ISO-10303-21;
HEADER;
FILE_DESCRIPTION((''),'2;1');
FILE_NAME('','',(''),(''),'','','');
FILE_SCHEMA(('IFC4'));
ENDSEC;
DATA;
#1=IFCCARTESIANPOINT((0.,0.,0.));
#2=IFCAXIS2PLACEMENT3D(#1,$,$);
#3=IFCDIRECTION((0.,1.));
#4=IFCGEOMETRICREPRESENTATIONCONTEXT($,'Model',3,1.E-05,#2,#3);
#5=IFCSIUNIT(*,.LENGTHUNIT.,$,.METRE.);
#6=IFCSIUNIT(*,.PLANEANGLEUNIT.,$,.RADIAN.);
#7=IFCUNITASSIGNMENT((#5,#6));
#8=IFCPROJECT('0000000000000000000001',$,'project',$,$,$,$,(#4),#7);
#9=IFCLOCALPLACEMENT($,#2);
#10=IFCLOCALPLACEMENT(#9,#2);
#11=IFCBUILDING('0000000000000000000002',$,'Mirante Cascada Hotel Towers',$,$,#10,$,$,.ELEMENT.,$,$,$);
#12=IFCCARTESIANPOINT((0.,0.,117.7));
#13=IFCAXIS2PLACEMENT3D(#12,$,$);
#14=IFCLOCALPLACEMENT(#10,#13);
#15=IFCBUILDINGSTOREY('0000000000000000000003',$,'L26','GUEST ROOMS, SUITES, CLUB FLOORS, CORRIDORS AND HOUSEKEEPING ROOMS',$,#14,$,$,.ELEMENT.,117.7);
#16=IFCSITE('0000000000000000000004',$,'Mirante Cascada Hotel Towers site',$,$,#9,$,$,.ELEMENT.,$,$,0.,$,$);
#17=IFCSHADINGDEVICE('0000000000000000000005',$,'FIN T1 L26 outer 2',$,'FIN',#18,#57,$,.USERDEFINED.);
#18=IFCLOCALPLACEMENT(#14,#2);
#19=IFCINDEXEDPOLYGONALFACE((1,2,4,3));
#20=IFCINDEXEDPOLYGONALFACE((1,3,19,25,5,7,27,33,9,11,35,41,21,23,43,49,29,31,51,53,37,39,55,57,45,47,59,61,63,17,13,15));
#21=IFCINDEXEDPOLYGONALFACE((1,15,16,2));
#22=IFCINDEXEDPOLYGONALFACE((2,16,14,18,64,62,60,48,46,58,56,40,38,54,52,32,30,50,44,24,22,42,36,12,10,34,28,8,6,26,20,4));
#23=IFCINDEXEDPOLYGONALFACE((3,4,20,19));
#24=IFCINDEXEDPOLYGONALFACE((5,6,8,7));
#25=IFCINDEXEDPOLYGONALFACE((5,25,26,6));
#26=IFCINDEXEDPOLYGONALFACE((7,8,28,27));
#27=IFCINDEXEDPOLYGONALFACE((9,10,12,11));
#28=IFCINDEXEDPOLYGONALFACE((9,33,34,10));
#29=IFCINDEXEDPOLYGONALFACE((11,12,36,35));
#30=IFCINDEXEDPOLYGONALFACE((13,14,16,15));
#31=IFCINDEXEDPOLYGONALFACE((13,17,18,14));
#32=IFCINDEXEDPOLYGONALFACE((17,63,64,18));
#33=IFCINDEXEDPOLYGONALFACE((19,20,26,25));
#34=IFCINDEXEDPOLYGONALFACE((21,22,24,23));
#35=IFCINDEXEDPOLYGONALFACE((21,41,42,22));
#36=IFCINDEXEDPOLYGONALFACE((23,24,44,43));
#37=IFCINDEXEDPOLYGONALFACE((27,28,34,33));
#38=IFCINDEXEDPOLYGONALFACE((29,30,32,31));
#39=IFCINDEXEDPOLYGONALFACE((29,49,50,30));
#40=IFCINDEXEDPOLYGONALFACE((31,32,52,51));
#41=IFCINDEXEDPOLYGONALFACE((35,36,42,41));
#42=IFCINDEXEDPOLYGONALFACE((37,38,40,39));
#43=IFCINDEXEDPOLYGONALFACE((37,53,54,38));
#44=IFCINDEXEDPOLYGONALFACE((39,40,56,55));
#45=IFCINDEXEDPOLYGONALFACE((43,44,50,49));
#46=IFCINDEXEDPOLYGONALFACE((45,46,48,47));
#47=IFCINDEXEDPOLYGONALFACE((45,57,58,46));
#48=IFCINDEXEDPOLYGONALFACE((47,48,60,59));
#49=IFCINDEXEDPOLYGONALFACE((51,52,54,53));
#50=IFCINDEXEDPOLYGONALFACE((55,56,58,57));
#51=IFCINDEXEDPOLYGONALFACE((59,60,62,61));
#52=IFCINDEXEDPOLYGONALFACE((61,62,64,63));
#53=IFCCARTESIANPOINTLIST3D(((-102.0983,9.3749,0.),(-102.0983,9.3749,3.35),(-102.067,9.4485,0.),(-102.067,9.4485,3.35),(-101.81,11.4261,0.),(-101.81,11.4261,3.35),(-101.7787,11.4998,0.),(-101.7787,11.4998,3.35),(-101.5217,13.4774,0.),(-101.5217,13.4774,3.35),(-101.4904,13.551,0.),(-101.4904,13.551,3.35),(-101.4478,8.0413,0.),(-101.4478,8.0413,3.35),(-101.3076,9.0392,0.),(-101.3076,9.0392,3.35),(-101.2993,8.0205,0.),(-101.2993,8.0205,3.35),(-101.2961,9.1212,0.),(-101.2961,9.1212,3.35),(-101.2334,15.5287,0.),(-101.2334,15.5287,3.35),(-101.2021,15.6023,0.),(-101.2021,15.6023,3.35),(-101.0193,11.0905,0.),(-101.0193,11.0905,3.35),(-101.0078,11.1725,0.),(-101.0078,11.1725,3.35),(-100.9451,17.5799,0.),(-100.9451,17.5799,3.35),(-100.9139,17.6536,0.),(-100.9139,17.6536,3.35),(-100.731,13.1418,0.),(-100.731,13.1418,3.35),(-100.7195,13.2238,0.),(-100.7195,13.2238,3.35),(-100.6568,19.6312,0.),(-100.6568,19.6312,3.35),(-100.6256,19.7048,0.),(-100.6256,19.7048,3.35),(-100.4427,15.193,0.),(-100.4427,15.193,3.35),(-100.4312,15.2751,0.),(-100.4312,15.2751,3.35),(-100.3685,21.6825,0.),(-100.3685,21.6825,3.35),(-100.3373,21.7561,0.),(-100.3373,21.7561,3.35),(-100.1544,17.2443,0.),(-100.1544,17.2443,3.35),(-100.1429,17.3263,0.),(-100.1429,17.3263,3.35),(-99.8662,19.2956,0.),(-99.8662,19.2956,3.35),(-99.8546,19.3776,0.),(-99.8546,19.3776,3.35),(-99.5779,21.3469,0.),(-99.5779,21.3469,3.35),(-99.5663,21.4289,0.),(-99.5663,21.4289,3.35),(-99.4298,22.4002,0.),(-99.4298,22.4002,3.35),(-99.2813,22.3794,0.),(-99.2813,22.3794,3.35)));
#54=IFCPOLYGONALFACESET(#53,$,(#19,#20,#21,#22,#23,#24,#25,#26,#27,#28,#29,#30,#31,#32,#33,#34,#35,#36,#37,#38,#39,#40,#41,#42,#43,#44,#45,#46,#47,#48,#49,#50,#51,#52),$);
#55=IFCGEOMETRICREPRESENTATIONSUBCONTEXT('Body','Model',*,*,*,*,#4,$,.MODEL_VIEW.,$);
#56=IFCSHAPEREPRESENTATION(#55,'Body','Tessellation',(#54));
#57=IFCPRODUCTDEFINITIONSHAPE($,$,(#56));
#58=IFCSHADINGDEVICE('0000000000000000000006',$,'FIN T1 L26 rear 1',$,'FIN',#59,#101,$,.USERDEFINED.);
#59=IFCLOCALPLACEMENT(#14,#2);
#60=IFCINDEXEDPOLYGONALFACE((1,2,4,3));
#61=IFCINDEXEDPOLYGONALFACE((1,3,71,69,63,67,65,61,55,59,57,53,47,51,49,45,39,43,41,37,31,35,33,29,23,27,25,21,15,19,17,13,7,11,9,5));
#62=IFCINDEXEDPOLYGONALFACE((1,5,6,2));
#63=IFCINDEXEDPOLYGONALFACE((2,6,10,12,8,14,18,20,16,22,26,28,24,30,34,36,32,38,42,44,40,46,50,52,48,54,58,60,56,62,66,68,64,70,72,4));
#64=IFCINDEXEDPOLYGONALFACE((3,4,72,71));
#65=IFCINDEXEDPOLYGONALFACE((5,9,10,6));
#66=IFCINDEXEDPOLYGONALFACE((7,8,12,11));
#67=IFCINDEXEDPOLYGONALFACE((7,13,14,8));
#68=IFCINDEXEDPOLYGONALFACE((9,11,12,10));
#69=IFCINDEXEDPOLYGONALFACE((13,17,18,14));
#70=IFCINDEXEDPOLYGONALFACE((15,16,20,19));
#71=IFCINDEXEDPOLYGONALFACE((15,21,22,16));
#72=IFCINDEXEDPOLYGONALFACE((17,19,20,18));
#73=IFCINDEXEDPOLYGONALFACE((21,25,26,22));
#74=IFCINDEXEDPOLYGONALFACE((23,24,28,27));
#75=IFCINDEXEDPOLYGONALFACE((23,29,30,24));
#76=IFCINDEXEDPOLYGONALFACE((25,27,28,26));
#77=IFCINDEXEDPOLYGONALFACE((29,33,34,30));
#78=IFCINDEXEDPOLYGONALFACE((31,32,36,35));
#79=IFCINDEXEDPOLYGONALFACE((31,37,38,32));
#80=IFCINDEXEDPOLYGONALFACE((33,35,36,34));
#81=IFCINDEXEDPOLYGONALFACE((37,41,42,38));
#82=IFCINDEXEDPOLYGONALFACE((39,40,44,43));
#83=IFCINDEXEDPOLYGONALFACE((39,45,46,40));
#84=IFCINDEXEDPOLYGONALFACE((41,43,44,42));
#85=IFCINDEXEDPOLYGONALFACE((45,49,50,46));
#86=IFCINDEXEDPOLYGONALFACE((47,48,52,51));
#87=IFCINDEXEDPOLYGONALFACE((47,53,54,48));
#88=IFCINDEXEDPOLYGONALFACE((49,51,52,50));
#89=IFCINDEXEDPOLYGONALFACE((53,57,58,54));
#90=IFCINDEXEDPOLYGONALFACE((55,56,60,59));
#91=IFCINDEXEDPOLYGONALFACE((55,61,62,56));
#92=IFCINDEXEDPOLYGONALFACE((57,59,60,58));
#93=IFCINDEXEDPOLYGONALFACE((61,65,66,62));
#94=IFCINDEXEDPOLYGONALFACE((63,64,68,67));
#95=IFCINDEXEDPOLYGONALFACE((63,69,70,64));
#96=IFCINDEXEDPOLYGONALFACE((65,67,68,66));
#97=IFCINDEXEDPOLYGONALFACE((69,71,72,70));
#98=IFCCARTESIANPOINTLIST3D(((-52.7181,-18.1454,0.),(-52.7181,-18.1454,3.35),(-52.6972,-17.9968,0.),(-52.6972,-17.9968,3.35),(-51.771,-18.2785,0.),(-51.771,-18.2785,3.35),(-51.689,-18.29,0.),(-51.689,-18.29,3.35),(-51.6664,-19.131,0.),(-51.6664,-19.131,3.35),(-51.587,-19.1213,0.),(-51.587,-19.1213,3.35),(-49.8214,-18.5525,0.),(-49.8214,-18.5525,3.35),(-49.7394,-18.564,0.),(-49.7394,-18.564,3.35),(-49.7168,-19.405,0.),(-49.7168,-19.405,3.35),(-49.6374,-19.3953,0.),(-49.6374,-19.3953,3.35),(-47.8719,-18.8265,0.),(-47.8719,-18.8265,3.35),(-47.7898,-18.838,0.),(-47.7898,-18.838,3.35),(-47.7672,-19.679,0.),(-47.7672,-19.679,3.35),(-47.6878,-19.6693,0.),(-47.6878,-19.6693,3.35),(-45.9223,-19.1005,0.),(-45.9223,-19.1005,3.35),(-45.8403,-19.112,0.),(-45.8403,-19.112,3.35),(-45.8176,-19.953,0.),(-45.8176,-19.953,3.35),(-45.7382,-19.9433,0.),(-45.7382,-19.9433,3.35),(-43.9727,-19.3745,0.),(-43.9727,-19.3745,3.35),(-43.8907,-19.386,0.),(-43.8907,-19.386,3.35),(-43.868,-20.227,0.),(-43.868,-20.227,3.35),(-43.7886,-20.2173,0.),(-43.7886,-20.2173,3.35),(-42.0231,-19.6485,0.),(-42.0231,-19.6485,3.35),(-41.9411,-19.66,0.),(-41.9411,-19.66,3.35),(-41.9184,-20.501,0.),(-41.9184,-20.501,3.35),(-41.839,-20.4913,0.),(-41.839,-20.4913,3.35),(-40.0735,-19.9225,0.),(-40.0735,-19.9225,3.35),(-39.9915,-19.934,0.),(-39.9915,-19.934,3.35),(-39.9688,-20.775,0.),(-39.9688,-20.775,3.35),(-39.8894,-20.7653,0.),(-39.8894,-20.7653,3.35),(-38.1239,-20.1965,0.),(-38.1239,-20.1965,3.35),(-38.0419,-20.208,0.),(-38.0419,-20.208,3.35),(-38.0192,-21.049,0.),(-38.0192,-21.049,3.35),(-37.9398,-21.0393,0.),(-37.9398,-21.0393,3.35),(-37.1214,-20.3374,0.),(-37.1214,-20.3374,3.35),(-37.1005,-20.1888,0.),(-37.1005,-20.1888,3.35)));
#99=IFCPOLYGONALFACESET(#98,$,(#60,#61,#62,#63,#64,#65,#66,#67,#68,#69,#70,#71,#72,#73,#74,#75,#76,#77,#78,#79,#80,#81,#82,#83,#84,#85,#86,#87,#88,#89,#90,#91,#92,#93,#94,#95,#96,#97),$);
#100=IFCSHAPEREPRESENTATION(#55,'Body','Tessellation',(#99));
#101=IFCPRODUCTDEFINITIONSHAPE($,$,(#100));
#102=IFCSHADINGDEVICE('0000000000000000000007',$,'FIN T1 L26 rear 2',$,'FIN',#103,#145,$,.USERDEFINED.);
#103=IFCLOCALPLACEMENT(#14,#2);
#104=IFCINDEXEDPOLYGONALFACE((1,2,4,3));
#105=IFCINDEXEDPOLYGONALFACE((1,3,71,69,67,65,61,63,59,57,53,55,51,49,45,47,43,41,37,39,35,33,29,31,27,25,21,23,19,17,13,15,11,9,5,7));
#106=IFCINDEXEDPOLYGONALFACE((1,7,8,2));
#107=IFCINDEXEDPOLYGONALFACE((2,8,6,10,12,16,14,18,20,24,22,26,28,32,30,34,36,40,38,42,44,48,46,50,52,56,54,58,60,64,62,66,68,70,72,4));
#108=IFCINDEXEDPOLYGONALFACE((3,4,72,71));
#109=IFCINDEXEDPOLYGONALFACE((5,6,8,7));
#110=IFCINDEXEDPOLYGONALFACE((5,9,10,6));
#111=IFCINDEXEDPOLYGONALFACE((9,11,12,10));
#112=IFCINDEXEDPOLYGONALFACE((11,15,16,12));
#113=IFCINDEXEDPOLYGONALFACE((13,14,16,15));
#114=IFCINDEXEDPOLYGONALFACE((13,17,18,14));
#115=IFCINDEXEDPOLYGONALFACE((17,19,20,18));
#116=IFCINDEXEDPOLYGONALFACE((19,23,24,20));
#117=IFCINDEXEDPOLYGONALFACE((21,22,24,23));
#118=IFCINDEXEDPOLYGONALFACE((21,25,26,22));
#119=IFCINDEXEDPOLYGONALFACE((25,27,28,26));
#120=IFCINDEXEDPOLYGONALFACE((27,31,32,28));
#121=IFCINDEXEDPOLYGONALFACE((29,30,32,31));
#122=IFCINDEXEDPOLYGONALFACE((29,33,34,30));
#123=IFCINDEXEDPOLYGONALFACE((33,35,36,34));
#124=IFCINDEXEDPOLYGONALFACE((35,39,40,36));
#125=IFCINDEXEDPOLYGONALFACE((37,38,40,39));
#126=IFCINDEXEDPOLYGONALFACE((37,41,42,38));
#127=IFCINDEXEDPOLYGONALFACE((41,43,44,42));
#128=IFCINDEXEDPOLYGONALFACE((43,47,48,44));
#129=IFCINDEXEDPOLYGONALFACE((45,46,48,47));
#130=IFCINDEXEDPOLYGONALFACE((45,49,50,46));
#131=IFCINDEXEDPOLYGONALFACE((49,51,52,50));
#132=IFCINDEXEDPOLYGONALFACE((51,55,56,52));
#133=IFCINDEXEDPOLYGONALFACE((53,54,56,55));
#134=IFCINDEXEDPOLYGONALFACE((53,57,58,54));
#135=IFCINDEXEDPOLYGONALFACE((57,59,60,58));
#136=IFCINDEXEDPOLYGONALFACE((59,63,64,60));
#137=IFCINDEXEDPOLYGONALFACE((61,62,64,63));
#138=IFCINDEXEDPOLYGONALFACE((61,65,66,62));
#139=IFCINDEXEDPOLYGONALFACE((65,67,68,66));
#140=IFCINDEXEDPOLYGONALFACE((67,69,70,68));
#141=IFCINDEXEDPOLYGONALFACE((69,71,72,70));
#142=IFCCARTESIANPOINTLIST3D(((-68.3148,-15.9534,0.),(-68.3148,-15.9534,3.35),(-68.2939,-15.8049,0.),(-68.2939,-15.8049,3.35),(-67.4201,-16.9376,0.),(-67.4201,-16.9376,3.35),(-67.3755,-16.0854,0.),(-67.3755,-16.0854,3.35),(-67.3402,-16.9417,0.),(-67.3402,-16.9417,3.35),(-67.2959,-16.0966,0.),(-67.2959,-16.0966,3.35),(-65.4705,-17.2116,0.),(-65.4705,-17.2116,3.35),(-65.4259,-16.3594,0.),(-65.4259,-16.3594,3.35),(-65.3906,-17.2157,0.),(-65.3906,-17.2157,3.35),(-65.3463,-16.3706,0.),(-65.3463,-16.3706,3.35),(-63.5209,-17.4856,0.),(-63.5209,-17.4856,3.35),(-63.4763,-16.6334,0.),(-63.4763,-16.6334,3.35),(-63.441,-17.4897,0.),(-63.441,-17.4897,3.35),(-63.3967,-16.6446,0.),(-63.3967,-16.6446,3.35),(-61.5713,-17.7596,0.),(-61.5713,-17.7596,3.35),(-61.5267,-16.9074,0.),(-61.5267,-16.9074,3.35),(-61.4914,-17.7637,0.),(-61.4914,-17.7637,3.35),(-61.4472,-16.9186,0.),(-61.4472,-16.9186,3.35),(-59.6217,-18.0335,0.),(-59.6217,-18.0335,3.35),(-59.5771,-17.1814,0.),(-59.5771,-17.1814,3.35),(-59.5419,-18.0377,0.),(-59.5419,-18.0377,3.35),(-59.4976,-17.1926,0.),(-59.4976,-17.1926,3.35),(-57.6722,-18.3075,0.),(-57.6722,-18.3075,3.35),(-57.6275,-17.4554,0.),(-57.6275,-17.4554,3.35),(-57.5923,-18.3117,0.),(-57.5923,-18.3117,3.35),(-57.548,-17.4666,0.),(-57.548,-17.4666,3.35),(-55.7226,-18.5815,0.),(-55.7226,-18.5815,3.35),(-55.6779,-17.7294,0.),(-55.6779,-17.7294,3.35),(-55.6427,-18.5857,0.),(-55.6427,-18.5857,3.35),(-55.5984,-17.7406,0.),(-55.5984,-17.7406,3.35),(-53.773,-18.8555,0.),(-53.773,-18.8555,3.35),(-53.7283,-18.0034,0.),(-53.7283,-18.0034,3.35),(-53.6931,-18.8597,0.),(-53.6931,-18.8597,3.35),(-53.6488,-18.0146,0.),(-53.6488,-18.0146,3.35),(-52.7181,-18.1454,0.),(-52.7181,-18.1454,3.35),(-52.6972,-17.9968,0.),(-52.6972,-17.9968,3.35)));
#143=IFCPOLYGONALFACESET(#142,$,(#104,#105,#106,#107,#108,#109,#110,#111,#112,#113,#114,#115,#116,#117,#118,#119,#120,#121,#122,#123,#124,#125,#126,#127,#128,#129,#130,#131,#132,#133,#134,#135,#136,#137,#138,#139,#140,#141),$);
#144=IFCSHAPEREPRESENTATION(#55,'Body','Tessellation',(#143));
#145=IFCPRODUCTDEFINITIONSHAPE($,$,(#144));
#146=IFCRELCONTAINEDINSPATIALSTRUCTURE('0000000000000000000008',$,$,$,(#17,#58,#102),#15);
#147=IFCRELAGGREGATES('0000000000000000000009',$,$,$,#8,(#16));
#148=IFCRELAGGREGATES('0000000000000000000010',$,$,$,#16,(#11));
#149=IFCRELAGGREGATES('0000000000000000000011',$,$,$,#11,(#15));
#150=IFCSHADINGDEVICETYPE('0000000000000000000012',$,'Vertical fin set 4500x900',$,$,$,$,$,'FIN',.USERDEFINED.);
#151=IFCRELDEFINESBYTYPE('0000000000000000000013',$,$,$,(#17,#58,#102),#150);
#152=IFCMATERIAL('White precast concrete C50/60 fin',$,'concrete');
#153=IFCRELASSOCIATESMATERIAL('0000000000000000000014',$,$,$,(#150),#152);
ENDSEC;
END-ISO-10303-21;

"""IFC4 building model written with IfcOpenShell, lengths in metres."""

from ifc_helpers import new_model, si_unit, direction, frame, origin, place, context, subcontext, project, spatial, polyline, outline, extrude, material, type_object, element, save


model = new_model("IFC4")

# Units and contexts
model_context = context("Model", 3, precision=1e-05, world=origin(), true_north=direction((0.0, 1.0)))
body_context = subcontext(model_context, "Body", "Model", "MODEL_VIEW")
ifc_project = project(units=[si_unit("LENGTHUNIT", "METRE"), si_unit("PLANEANGLEUNIT", "RADIAN")], contexts=[model_context])

# Site, building, storey
site_placement = place(None, origin())
site = spatial("IfcSite", under=ifc_project, at=site_placement, Name="Mirante Cascada Hotel Towers site", CompositionType="ELEMENT", RefElevation=0.0)
building_placement = place(site_placement, origin())
building = spatial("IfcBuilding", under=site, at=building_placement, Name="Mirante Cascada Hotel Towers", CompositionType="ELEMENT")
storey_placement = place(building_placement, frame((0.0, 0.0, 117.7)))
storey = spatial("IfcBuildingStorey", under=building, at=storey_placement, Name="L26", Description="GUEST ROOMS, SUITES, CLUB FLOORS, CORRIDORS AND HOUSEKEEPING ROOMS", CompositionType="ELEMENT", Elevation=117.7)

# Shading devices
ifc_material_1 = material(Name="White precast concrete C50/60 fin", Category="concrete")
shading_device_type = type_object("IfcShadingDeviceType", Name="Vertical fin set 4500x900", ElementType="FIN", PredefinedType="USERDEFINED", material=ifc_material_1)
shading_device_1_placement = place(storey_placement, origin())
element("IfcShadingDevice", 1, at=shading_device_1_placement, inside=storey, type_object=shading_device_type, Name="FIN T1 L26 outer 2", ObjectType="FIN", PredefinedType="USERDEFINED", context=body_context, shape_type="SweptSolid", body=[
    extrude(outline(polyline([(-101.2961, 9.1212), (-101.0193, 11.0905), (-101.81, 11.4261), (-101.7787, 11.4998), (-101.0078, 11.1725), (-100.731, 13.1418), (-101.5217, 13.4774), (-101.4904, 13.551), (-100.7195, 13.2238), (-100.4427, 15.193), (-101.2334, 15.5287), (-101.2021, 15.6023), (-100.4312, 15.2751), (-100.1544, 17.2443), (-100.9451, 17.5799), (-100.9139, 17.6536), (-100.1429, 17.3263), (-99.8662, 19.2956), (-100.6568, 19.6312), (-100.6256, 19.7048), (-99.8546, 19.3776), (-99.5779, 21.3469), (-100.3685, 21.6825), (-100.3373, 21.7561), (-99.5663, 21.4289), (-99.4298, 22.4002), (-99.2813, 22.3794), (-101.2993, 8.0205), (-101.4478, 8.0413), (-101.3076, 9.0392), (-102.0983, 9.3749), (-102.067, 9.4485), (-101.2961, 9.1212)])), origin(), (0.0, 0.0, 1.0), 3.35),
])
shading_device_2_placement = place(storey_placement, origin())
element("IfcShadingDevice", 2, at=shading_device_2_placement, inside=storey, type_object=shading_device_type, Name="FIN T1 L26 rear 1", ObjectType="FIN", PredefinedType="USERDEFINED", context=body_context, shape_type="SweptSolid", body=[
    extrude(outline(polyline([(-38.1239, -20.1965), (-39.9915, -19.934), (-39.8894, -20.7653), (-39.9688, -20.775), (-40.0735, -19.9225), (-41.9411, -19.66), (-41.839, -20.4913), (-41.9184, -20.501), (-42.0231, -19.6485), (-43.8907, -19.386), (-43.7886, -20.2173), (-43.868, -20.227), (-43.9727, -19.3745), (-45.8403, -19.112), (-45.7382, -19.9433), (-45.8176, -19.953), (-45.9223, -19.1005), (-47.7898, -18.838), (-47.6878, -19.6693), (-47.7672, -19.679), (-47.8719, -18.8265), (-49.7394, -18.564), (-49.6374, -19.3953), (-49.7168, -19.405), (-49.8214, -18.5525), (-51.689, -18.29), (-51.587, -19.1213), (-51.6664, -19.131), (-51.771, -18.2785), (-52.7181, -18.1454), (-52.6972, -17.9968), (-37.1005, -20.1888), (-37.1214, -20.3374), (-38.0419, -20.208), (-37.9398, -21.0393), (-38.0192, -21.049), (-38.1239, -20.1965)])), origin(), (0.0, 0.0, 1.0), 3.35),
])
shading_device_3_placement = place(storey_placement, origin())
element("IfcShadingDevice", 3, at=shading_device_3_placement, inside=storey, type_object=shading_device_type, Name="FIN T1 L26 rear 2", ObjectType="FIN", PredefinedType="USERDEFINED", context=body_context, shape_type="SweptSolid", body=[
    extrude(outline(polyline([(-53.7283, -18.0034), (-55.5984, -17.7406), (-55.6427, -18.5857), (-55.7226, -18.5815), (-55.6779, -17.7294), (-57.548, -17.4666), (-57.5923, -18.3117), (-57.6722, -18.3075), (-57.6275, -17.4554), (-59.4976, -17.1926), (-59.5419, -18.0377), (-59.6217, -18.0335), (-59.5771, -17.1814), (-61.4472, -16.9186), (-61.4914, -17.7637), (-61.5713, -17.7596), (-61.5267, -16.9074), (-63.3967, -16.6446), (-63.441, -17.4897), (-63.5209, -17.4856), (-63.4763, -16.6334), (-65.3463, -16.3706), (-65.3906, -17.2157), (-65.4705, -17.2116), (-65.4259, -16.3594), (-67.2959, -16.0966), (-67.3402, -16.9417), (-67.4201, -16.9376), (-67.3755, -16.0854), (-68.3148, -15.9534), (-68.2939, -15.8049), (-52.6972, -17.9968), (-52.7181, -18.1454), (-53.6488, -18.0146), (-53.6931, -18.8597), (-53.773, -18.8555), (-53.7283, -18.0034)])), origin(), (0.0, 0.0, 1.0), 3.35),
])

save(model, "model.ifc")
